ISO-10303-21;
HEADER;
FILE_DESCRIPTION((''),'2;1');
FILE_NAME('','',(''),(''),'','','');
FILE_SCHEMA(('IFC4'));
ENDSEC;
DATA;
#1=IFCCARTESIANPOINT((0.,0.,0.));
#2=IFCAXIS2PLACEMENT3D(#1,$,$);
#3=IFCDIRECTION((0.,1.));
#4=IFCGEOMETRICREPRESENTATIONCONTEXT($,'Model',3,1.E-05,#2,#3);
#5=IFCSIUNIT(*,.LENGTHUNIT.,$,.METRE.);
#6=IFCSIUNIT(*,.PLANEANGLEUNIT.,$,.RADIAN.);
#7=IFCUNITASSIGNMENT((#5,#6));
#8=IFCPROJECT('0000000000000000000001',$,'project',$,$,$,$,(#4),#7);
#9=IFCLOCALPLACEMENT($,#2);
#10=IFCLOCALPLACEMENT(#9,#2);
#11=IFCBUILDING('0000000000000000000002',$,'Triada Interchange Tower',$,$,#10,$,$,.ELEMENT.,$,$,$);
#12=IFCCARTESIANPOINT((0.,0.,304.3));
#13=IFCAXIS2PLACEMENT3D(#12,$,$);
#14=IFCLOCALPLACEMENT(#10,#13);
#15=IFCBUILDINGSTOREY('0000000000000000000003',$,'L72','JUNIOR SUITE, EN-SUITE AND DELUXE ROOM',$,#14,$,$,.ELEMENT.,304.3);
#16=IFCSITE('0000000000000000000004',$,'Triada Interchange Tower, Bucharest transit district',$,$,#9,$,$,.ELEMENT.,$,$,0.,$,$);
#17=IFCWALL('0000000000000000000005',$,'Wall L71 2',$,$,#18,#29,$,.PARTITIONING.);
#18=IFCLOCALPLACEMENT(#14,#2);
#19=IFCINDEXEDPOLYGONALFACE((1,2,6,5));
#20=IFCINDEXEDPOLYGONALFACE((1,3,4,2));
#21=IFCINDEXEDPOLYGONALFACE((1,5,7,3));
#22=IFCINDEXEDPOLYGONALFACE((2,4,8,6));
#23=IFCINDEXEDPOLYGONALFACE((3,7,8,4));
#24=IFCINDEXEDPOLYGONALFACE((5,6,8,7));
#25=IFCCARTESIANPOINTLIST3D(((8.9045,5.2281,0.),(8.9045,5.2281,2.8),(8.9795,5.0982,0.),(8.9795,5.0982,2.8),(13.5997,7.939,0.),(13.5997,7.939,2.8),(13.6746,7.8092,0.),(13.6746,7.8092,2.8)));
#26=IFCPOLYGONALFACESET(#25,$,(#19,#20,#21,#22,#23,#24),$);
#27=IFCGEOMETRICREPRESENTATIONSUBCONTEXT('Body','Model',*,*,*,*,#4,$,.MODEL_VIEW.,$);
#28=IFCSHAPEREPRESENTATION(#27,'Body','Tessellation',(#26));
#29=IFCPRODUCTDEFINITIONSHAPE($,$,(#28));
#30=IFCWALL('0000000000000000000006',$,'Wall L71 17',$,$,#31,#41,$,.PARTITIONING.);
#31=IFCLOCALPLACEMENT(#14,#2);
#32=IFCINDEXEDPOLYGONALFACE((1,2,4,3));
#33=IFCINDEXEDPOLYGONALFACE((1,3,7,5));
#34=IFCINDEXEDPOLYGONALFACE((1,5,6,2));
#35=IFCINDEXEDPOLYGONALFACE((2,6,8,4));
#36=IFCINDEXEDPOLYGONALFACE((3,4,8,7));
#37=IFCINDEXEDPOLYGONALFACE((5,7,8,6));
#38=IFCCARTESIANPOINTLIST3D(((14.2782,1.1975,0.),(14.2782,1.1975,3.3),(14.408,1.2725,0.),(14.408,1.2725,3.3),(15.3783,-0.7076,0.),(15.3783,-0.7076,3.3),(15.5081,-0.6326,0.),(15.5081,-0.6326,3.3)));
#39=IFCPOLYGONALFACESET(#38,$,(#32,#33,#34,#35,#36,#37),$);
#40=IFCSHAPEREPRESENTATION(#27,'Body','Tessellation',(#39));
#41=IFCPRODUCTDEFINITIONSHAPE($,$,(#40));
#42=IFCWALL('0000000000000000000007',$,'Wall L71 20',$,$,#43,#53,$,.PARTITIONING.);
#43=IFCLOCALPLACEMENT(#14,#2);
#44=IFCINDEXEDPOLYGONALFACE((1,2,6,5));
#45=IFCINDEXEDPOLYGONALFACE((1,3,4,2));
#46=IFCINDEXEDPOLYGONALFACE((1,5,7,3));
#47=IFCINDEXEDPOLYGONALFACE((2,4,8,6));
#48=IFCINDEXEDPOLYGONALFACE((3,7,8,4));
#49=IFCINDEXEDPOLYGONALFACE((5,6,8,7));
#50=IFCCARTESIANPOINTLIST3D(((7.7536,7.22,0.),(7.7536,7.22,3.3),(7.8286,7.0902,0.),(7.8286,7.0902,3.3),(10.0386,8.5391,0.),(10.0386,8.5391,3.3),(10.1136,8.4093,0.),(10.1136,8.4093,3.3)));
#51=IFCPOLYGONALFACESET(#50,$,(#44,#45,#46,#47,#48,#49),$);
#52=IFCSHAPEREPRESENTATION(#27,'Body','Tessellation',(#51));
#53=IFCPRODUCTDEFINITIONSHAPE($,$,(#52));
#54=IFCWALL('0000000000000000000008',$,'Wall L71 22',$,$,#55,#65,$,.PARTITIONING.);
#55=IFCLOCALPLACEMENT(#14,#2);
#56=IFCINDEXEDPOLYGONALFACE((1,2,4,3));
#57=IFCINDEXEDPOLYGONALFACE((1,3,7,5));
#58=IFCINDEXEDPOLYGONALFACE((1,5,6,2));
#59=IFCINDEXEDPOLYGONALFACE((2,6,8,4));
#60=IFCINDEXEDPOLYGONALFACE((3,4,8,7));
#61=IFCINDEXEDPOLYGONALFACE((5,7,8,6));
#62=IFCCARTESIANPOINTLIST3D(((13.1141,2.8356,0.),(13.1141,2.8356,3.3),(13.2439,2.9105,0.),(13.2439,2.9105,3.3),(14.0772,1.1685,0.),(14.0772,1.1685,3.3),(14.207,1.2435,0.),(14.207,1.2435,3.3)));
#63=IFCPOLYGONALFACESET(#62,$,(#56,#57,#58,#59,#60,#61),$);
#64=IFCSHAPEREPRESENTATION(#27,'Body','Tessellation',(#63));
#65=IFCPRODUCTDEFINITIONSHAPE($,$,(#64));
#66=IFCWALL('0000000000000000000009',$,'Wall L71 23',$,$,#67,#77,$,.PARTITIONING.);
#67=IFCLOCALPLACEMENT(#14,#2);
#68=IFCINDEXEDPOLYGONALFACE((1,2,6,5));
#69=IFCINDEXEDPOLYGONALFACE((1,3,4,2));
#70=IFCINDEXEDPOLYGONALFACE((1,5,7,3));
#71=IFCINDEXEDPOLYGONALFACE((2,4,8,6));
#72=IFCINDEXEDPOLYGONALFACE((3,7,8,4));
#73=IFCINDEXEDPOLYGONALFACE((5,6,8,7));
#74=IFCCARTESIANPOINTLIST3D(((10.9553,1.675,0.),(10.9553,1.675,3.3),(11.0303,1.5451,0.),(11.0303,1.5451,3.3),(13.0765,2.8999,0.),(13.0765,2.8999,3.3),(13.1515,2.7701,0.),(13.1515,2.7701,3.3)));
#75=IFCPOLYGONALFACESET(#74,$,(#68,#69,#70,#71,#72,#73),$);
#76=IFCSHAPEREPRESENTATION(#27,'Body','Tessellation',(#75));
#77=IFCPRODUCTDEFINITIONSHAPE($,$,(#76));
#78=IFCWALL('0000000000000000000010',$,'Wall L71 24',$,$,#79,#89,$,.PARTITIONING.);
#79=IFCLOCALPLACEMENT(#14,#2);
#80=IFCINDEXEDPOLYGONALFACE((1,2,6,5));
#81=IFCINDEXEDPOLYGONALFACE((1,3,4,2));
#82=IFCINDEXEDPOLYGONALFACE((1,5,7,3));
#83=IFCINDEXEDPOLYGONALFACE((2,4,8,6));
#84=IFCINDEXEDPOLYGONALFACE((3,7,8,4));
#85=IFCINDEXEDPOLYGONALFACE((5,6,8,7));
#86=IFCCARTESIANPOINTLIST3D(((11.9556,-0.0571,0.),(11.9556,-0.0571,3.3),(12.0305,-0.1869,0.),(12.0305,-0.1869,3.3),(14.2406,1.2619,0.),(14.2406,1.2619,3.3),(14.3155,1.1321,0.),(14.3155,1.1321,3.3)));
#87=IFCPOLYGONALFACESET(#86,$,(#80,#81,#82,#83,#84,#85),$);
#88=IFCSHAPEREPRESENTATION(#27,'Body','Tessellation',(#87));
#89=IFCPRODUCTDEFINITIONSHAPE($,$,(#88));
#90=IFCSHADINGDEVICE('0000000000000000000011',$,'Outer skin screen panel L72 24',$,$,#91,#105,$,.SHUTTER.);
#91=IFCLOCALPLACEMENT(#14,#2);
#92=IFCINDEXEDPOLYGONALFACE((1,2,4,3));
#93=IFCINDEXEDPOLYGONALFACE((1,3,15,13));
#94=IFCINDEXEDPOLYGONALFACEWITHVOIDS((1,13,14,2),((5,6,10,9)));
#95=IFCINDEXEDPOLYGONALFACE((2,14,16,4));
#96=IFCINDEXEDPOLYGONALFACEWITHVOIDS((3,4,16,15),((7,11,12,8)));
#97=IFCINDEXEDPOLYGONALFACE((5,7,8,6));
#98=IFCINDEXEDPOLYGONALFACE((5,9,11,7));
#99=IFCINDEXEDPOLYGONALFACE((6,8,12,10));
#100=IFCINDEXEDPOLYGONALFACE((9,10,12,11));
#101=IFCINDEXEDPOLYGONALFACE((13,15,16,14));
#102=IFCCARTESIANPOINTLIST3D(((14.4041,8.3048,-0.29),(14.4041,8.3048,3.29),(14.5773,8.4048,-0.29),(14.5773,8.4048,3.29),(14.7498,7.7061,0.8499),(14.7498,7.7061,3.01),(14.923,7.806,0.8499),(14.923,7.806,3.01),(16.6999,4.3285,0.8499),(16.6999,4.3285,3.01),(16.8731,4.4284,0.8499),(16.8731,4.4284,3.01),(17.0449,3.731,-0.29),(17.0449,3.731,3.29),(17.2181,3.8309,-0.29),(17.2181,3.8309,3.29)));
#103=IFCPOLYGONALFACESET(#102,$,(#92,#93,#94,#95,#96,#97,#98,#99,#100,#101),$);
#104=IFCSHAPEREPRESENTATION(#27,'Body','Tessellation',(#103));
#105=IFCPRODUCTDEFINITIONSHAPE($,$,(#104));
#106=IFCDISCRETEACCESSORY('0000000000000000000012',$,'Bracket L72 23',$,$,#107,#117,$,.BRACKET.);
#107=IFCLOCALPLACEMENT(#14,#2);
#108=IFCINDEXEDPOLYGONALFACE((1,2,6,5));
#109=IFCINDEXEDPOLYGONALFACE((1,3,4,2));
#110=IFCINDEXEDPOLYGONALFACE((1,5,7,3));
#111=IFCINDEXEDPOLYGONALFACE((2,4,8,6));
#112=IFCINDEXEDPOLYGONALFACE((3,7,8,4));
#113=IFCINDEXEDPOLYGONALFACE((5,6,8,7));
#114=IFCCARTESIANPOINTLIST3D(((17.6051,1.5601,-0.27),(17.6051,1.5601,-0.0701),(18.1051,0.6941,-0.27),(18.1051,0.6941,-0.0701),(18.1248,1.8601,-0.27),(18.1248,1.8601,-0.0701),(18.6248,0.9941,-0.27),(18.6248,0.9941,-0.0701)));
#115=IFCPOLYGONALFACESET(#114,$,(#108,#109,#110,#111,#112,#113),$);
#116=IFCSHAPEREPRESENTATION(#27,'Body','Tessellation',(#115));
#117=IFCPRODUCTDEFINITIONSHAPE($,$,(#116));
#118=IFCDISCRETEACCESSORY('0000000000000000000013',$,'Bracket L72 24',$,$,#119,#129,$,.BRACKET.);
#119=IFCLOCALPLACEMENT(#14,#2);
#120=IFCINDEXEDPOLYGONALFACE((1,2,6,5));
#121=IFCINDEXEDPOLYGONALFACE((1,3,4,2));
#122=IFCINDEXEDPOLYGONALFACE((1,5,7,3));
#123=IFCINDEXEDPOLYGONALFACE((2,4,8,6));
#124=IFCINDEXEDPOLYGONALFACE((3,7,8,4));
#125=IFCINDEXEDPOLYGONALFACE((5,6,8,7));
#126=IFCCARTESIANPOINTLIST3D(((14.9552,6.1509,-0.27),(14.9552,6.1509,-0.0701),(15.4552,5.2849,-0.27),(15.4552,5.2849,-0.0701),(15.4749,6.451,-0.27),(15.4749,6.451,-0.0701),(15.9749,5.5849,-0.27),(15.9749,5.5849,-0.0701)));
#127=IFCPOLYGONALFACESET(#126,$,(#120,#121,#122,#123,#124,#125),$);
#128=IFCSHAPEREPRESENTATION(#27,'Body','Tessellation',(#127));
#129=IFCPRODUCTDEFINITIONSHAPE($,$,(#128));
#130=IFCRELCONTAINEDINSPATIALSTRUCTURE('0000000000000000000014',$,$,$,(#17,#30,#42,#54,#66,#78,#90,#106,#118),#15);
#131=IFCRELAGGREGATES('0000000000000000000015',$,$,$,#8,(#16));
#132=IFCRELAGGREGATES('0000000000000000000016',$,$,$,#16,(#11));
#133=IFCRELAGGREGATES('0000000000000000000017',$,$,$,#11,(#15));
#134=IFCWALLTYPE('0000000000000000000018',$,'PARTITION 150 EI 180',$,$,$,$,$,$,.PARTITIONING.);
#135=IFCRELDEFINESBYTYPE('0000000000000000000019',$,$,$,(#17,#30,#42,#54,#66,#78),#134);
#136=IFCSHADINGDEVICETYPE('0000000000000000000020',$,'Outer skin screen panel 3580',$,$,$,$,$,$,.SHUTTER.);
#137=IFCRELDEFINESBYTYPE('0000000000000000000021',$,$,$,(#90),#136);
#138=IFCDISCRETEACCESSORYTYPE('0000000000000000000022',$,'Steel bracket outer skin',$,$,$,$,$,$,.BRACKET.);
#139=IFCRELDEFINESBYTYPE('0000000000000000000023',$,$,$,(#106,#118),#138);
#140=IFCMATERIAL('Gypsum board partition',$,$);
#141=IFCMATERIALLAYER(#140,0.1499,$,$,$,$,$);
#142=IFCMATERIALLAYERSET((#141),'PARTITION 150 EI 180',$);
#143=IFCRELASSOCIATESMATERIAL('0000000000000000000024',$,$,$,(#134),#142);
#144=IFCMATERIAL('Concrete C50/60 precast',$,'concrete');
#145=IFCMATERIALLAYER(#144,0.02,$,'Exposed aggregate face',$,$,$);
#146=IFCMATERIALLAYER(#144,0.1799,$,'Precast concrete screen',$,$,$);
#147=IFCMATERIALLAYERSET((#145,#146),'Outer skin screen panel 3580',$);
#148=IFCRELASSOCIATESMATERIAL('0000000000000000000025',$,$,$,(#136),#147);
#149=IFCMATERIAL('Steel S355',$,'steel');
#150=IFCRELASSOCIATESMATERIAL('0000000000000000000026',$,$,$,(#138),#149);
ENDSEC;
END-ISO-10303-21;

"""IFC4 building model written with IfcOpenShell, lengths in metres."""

from ifc_helpers import new_model, si_unit, direction, frame, frame_2d, origin, origin_2d, place, context, subcontext, project, spatial, polyline, rectangle, outline, extrude, material, layer, layer_set, type_object, element, save


model = new_model("IFC4")

# Units and contexts
model_context = context("Model", 3, precision=1e-05, world=origin(), true_north=direction((0.0, 1.0)))
body_context = subcontext(model_context, "Body", "Model", "MODEL_VIEW")
ifc_project = project(units=[si_unit("LENGTHUNIT", "METRE"), si_unit("PLANEANGLEUNIT", "RADIAN")], contexts=[model_context])

# Site, building, storey
site_placement = place(None, origin())
site = spatial("IfcSite", under=ifc_project, at=site_placement, Name="Triada Interchange Tower, Bucharest transit district", CompositionType="ELEMENT", RefElevation=0.0)
building_placement = place(site_placement, origin())
building = spatial("IfcBuilding", under=site, at=building_placement, Name="Triada Interchange Tower", CompositionType="ELEMENT")
storey_placement = place(building_placement, frame((0.0, 0.0, 304.3)))
storey = spatial("IfcBuildingStorey", under=building, at=storey_placement, Name="L72", Description="JUNIOR SUITE, EN-SUITE AND DELUXE ROOM", CompositionType="ELEMENT", Elevation=304.3)

# Walls
ifc_material_1 = material(Name="Gypsum board partition")
ifc_layer_1 = layer(ifc_material_1, 0.1499)
ifc_layer_set_1 = layer_set([ifc_layer_1], Name="PARTITION 150 EI 180")
wall_type_1 = type_object("IfcWallType", Name="PARTITION 150 EI 180", PredefinedType="PARTITIONING", material=ifc_layer_set_1)
wall_1_placement = place(storey_placement, frame((8.9419, 5.1631, 0.0), z_axis=(0.0, 0.0, 1.0), x_axis=(0.866006, 0.500033, 0.0)))
element("IfcWall", 1, at=wall_1_placement, inside=storey, type_object=wall_type_1, Name="Wall L71 2", PredefinedType="PARTITIONING", context=body_context, shape_type="SweptSolid", body=[
    extrude(rectangle(XDim=5.4216, YDim=0.1499, at=frame_2d((2.7109, 0.0))), origin(), (0.0, 0.0, 1.0), 2.8),
])
wall_2_placement = place(storey_placement, frame((14.343, 1.2351, 0.0), z_axis=(0.0, 0.0, 1.0), x_axis=(0.500078, -0.86598, 0.0)))
element("IfcWall", 2, at=wall_2_placement, inside=storey, type_object=wall_type_1, Name="Wall L71 17", PredefinedType="PARTITIONING", context=body_context, shape_type="SweptSolid", body=[
    extrude(rectangle(XDim=2.2, YDim=0.1499, at=frame_2d((1.1001, 0.0))), origin(), (0.0, 0.0, 1.0), 3.3),
])
wall_3_placement = place(storey_placement, frame((7.791, 7.155, 0.0), z_axis=(0.0, 0.0, 1.0), x_axis=(0.866042, 0.499971, 0.0)))
element("IfcWall", 3, at=wall_3_placement, inside=storey, type_object=wall_type_1, Name="Wall L71 20", PredefinedType="PARTITIONING", context=body_context, shape_type="SweptSolid", body=[
    extrude(rectangle(XDim=2.6384, YDim=0.1499, at=frame_2d((1.3193, 0.0))), origin(), (0.0, 0.0, 1.0), 3.3),
])
wall_4_placement = place(storey_placement, frame((13.179, 2.873, 0.0), z_axis=(0.0, 0.0, 1.0), x_axis=(0.500271, -0.865869, 0.0)))
element("IfcWall", 4, at=wall_4_placement, inside=storey, type_object=wall_type_1, Name="Wall L71 22", PredefinedType="PARTITIONING", context=body_context, shape_type="SweptSolid", body=[
    extrude(rectangle(XDim=1.9253, YDim=0.1499, at=frame_2d((0.9626, 0.0))), origin(), (0.0, 0.0, 1.0), 3.3),
])
wall_5_placement = place(storey_placement, frame((10.9929, 1.6101, 0.0), z_axis=(0.0, 0.0, 1.0), x_axis=(0.865983, 0.500073, 0.0)))
element("IfcWall", 5, at=wall_5_placement, inside=storey, type_object=wall_type_1, Name="Wall L71 23", PredefinedType="PARTITIONING", context=body_context, shape_type="SweptSolid", body=[
    extrude(rectangle(XDim=2.4495, YDim=0.1499, at=frame_2d((1.2246, 0.0))), origin(), (0.0, 0.0, 1.0), 3.3),
])
wall_6_placement = place(storey_placement, frame((11.9929, -0.1221, 0.0), z_axis=(0.0, 0.0, 1.0), x_axis=(0.866065, 0.499931, 0.0)))
element("IfcWall", 6, at=wall_6_placement, inside=storey, type_object=wall_type_1, Name="Wall L71 24", PredefinedType="PARTITIONING", context=body_context, shape_type="SweptSolid", body=[
    extrude(rectangle(XDim=2.6384, YDim=0.1499, at=frame_2d((1.3193, 0.0))), origin(), (0.0, 0.0, 1.0), 3.3),
])

# Shading device
ifc_material_2 = material(Name="Concrete C50/60 precast", Category="concrete")
ifc_layer_2 = layer(ifc_material_2, 0.02, Name="Exposed aggregate face")
ifc_layer_3 = layer(ifc_material_2, 0.1799, Name="Precast concrete screen")
ifc_layer_set_2 = layer_set([ifc_layer_2, ifc_layer_3], Name="Outer skin screen panel 3580")
shading_device_type = type_object("IfcShadingDeviceType", Name="Outer skin screen panel 3580", PredefinedType="SHUTTER", material=ifc_layer_set_2)
shading_device_placement = place(storey_placement, frame((17.0449, 3.731, -0.29), z_axis=(0.0, 0.0, 1.0), x_axis=(-0.500012, 0.866019, 0.0)))
element("IfcShadingDevice", 7, at=shading_device_placement, inside=storey, type_object=shading_device_type, Name="Outer skin screen panel L72 24", PredefinedType="SHUTTER", context=body_context, shape_type="SweptSolid", body=[
    extrude(outline(polyline([(0.0, 0.0), (5.2815, 0.0), (5.2815, 3.5801), (0.0, 3.5801), (0.0, 0.0)]), holes=[polyline([(0.6899, 1.1399), (0.6899, 3.3), (4.5901, 3.3), (4.5901, 1.1399), (0.6899, 1.1399)])]), frame((0.0, 0.0, 0.0), z_axis=(0.0, -1.0, 0.0), x_axis=(1.0, 0.0, 0.0)), (0.0, 0.0, 1.0), 0.2),
])

# Discrete accessories
ifc_material_3 = material(Name="Steel S355", Category="steel")
discrete_accessory_type = type_object("IfcDiscreteAccessoryType", Name="Steel bracket outer skin", PredefinedType="BRACKET", material=ifc_material_3)
for number, where, z_axis, x_axis, name in (
    (8, (18.115, 1.2771, -0.27), (0.0, 0.0, 1.0), (0.866027, 0.499997, 0.0), "Bracket L72 23"),
    (9, (15.4651, 5.8679, -0.27), (0.0, 0.0, 1.0), (0.866027, 0.499997, 0.0), "Bracket L72 24"),
):
    element("IfcDiscreteAccessory", number, at=place(storey_placement, frame(where, z_axis=z_axis, x_axis=x_axis)), inside=storey, type_object=discrete_accessory_type, Name=name, PredefinedType="BRACKET", context=body_context, shape_type="SweptSolid", body=[
        extrude(rectangle(XDim=0.6001, YDim=1.0, at=origin_2d()), origin(), (0.0, 0.0, 1.0), 0.2),
    ])

save(model, "model.ifc")
